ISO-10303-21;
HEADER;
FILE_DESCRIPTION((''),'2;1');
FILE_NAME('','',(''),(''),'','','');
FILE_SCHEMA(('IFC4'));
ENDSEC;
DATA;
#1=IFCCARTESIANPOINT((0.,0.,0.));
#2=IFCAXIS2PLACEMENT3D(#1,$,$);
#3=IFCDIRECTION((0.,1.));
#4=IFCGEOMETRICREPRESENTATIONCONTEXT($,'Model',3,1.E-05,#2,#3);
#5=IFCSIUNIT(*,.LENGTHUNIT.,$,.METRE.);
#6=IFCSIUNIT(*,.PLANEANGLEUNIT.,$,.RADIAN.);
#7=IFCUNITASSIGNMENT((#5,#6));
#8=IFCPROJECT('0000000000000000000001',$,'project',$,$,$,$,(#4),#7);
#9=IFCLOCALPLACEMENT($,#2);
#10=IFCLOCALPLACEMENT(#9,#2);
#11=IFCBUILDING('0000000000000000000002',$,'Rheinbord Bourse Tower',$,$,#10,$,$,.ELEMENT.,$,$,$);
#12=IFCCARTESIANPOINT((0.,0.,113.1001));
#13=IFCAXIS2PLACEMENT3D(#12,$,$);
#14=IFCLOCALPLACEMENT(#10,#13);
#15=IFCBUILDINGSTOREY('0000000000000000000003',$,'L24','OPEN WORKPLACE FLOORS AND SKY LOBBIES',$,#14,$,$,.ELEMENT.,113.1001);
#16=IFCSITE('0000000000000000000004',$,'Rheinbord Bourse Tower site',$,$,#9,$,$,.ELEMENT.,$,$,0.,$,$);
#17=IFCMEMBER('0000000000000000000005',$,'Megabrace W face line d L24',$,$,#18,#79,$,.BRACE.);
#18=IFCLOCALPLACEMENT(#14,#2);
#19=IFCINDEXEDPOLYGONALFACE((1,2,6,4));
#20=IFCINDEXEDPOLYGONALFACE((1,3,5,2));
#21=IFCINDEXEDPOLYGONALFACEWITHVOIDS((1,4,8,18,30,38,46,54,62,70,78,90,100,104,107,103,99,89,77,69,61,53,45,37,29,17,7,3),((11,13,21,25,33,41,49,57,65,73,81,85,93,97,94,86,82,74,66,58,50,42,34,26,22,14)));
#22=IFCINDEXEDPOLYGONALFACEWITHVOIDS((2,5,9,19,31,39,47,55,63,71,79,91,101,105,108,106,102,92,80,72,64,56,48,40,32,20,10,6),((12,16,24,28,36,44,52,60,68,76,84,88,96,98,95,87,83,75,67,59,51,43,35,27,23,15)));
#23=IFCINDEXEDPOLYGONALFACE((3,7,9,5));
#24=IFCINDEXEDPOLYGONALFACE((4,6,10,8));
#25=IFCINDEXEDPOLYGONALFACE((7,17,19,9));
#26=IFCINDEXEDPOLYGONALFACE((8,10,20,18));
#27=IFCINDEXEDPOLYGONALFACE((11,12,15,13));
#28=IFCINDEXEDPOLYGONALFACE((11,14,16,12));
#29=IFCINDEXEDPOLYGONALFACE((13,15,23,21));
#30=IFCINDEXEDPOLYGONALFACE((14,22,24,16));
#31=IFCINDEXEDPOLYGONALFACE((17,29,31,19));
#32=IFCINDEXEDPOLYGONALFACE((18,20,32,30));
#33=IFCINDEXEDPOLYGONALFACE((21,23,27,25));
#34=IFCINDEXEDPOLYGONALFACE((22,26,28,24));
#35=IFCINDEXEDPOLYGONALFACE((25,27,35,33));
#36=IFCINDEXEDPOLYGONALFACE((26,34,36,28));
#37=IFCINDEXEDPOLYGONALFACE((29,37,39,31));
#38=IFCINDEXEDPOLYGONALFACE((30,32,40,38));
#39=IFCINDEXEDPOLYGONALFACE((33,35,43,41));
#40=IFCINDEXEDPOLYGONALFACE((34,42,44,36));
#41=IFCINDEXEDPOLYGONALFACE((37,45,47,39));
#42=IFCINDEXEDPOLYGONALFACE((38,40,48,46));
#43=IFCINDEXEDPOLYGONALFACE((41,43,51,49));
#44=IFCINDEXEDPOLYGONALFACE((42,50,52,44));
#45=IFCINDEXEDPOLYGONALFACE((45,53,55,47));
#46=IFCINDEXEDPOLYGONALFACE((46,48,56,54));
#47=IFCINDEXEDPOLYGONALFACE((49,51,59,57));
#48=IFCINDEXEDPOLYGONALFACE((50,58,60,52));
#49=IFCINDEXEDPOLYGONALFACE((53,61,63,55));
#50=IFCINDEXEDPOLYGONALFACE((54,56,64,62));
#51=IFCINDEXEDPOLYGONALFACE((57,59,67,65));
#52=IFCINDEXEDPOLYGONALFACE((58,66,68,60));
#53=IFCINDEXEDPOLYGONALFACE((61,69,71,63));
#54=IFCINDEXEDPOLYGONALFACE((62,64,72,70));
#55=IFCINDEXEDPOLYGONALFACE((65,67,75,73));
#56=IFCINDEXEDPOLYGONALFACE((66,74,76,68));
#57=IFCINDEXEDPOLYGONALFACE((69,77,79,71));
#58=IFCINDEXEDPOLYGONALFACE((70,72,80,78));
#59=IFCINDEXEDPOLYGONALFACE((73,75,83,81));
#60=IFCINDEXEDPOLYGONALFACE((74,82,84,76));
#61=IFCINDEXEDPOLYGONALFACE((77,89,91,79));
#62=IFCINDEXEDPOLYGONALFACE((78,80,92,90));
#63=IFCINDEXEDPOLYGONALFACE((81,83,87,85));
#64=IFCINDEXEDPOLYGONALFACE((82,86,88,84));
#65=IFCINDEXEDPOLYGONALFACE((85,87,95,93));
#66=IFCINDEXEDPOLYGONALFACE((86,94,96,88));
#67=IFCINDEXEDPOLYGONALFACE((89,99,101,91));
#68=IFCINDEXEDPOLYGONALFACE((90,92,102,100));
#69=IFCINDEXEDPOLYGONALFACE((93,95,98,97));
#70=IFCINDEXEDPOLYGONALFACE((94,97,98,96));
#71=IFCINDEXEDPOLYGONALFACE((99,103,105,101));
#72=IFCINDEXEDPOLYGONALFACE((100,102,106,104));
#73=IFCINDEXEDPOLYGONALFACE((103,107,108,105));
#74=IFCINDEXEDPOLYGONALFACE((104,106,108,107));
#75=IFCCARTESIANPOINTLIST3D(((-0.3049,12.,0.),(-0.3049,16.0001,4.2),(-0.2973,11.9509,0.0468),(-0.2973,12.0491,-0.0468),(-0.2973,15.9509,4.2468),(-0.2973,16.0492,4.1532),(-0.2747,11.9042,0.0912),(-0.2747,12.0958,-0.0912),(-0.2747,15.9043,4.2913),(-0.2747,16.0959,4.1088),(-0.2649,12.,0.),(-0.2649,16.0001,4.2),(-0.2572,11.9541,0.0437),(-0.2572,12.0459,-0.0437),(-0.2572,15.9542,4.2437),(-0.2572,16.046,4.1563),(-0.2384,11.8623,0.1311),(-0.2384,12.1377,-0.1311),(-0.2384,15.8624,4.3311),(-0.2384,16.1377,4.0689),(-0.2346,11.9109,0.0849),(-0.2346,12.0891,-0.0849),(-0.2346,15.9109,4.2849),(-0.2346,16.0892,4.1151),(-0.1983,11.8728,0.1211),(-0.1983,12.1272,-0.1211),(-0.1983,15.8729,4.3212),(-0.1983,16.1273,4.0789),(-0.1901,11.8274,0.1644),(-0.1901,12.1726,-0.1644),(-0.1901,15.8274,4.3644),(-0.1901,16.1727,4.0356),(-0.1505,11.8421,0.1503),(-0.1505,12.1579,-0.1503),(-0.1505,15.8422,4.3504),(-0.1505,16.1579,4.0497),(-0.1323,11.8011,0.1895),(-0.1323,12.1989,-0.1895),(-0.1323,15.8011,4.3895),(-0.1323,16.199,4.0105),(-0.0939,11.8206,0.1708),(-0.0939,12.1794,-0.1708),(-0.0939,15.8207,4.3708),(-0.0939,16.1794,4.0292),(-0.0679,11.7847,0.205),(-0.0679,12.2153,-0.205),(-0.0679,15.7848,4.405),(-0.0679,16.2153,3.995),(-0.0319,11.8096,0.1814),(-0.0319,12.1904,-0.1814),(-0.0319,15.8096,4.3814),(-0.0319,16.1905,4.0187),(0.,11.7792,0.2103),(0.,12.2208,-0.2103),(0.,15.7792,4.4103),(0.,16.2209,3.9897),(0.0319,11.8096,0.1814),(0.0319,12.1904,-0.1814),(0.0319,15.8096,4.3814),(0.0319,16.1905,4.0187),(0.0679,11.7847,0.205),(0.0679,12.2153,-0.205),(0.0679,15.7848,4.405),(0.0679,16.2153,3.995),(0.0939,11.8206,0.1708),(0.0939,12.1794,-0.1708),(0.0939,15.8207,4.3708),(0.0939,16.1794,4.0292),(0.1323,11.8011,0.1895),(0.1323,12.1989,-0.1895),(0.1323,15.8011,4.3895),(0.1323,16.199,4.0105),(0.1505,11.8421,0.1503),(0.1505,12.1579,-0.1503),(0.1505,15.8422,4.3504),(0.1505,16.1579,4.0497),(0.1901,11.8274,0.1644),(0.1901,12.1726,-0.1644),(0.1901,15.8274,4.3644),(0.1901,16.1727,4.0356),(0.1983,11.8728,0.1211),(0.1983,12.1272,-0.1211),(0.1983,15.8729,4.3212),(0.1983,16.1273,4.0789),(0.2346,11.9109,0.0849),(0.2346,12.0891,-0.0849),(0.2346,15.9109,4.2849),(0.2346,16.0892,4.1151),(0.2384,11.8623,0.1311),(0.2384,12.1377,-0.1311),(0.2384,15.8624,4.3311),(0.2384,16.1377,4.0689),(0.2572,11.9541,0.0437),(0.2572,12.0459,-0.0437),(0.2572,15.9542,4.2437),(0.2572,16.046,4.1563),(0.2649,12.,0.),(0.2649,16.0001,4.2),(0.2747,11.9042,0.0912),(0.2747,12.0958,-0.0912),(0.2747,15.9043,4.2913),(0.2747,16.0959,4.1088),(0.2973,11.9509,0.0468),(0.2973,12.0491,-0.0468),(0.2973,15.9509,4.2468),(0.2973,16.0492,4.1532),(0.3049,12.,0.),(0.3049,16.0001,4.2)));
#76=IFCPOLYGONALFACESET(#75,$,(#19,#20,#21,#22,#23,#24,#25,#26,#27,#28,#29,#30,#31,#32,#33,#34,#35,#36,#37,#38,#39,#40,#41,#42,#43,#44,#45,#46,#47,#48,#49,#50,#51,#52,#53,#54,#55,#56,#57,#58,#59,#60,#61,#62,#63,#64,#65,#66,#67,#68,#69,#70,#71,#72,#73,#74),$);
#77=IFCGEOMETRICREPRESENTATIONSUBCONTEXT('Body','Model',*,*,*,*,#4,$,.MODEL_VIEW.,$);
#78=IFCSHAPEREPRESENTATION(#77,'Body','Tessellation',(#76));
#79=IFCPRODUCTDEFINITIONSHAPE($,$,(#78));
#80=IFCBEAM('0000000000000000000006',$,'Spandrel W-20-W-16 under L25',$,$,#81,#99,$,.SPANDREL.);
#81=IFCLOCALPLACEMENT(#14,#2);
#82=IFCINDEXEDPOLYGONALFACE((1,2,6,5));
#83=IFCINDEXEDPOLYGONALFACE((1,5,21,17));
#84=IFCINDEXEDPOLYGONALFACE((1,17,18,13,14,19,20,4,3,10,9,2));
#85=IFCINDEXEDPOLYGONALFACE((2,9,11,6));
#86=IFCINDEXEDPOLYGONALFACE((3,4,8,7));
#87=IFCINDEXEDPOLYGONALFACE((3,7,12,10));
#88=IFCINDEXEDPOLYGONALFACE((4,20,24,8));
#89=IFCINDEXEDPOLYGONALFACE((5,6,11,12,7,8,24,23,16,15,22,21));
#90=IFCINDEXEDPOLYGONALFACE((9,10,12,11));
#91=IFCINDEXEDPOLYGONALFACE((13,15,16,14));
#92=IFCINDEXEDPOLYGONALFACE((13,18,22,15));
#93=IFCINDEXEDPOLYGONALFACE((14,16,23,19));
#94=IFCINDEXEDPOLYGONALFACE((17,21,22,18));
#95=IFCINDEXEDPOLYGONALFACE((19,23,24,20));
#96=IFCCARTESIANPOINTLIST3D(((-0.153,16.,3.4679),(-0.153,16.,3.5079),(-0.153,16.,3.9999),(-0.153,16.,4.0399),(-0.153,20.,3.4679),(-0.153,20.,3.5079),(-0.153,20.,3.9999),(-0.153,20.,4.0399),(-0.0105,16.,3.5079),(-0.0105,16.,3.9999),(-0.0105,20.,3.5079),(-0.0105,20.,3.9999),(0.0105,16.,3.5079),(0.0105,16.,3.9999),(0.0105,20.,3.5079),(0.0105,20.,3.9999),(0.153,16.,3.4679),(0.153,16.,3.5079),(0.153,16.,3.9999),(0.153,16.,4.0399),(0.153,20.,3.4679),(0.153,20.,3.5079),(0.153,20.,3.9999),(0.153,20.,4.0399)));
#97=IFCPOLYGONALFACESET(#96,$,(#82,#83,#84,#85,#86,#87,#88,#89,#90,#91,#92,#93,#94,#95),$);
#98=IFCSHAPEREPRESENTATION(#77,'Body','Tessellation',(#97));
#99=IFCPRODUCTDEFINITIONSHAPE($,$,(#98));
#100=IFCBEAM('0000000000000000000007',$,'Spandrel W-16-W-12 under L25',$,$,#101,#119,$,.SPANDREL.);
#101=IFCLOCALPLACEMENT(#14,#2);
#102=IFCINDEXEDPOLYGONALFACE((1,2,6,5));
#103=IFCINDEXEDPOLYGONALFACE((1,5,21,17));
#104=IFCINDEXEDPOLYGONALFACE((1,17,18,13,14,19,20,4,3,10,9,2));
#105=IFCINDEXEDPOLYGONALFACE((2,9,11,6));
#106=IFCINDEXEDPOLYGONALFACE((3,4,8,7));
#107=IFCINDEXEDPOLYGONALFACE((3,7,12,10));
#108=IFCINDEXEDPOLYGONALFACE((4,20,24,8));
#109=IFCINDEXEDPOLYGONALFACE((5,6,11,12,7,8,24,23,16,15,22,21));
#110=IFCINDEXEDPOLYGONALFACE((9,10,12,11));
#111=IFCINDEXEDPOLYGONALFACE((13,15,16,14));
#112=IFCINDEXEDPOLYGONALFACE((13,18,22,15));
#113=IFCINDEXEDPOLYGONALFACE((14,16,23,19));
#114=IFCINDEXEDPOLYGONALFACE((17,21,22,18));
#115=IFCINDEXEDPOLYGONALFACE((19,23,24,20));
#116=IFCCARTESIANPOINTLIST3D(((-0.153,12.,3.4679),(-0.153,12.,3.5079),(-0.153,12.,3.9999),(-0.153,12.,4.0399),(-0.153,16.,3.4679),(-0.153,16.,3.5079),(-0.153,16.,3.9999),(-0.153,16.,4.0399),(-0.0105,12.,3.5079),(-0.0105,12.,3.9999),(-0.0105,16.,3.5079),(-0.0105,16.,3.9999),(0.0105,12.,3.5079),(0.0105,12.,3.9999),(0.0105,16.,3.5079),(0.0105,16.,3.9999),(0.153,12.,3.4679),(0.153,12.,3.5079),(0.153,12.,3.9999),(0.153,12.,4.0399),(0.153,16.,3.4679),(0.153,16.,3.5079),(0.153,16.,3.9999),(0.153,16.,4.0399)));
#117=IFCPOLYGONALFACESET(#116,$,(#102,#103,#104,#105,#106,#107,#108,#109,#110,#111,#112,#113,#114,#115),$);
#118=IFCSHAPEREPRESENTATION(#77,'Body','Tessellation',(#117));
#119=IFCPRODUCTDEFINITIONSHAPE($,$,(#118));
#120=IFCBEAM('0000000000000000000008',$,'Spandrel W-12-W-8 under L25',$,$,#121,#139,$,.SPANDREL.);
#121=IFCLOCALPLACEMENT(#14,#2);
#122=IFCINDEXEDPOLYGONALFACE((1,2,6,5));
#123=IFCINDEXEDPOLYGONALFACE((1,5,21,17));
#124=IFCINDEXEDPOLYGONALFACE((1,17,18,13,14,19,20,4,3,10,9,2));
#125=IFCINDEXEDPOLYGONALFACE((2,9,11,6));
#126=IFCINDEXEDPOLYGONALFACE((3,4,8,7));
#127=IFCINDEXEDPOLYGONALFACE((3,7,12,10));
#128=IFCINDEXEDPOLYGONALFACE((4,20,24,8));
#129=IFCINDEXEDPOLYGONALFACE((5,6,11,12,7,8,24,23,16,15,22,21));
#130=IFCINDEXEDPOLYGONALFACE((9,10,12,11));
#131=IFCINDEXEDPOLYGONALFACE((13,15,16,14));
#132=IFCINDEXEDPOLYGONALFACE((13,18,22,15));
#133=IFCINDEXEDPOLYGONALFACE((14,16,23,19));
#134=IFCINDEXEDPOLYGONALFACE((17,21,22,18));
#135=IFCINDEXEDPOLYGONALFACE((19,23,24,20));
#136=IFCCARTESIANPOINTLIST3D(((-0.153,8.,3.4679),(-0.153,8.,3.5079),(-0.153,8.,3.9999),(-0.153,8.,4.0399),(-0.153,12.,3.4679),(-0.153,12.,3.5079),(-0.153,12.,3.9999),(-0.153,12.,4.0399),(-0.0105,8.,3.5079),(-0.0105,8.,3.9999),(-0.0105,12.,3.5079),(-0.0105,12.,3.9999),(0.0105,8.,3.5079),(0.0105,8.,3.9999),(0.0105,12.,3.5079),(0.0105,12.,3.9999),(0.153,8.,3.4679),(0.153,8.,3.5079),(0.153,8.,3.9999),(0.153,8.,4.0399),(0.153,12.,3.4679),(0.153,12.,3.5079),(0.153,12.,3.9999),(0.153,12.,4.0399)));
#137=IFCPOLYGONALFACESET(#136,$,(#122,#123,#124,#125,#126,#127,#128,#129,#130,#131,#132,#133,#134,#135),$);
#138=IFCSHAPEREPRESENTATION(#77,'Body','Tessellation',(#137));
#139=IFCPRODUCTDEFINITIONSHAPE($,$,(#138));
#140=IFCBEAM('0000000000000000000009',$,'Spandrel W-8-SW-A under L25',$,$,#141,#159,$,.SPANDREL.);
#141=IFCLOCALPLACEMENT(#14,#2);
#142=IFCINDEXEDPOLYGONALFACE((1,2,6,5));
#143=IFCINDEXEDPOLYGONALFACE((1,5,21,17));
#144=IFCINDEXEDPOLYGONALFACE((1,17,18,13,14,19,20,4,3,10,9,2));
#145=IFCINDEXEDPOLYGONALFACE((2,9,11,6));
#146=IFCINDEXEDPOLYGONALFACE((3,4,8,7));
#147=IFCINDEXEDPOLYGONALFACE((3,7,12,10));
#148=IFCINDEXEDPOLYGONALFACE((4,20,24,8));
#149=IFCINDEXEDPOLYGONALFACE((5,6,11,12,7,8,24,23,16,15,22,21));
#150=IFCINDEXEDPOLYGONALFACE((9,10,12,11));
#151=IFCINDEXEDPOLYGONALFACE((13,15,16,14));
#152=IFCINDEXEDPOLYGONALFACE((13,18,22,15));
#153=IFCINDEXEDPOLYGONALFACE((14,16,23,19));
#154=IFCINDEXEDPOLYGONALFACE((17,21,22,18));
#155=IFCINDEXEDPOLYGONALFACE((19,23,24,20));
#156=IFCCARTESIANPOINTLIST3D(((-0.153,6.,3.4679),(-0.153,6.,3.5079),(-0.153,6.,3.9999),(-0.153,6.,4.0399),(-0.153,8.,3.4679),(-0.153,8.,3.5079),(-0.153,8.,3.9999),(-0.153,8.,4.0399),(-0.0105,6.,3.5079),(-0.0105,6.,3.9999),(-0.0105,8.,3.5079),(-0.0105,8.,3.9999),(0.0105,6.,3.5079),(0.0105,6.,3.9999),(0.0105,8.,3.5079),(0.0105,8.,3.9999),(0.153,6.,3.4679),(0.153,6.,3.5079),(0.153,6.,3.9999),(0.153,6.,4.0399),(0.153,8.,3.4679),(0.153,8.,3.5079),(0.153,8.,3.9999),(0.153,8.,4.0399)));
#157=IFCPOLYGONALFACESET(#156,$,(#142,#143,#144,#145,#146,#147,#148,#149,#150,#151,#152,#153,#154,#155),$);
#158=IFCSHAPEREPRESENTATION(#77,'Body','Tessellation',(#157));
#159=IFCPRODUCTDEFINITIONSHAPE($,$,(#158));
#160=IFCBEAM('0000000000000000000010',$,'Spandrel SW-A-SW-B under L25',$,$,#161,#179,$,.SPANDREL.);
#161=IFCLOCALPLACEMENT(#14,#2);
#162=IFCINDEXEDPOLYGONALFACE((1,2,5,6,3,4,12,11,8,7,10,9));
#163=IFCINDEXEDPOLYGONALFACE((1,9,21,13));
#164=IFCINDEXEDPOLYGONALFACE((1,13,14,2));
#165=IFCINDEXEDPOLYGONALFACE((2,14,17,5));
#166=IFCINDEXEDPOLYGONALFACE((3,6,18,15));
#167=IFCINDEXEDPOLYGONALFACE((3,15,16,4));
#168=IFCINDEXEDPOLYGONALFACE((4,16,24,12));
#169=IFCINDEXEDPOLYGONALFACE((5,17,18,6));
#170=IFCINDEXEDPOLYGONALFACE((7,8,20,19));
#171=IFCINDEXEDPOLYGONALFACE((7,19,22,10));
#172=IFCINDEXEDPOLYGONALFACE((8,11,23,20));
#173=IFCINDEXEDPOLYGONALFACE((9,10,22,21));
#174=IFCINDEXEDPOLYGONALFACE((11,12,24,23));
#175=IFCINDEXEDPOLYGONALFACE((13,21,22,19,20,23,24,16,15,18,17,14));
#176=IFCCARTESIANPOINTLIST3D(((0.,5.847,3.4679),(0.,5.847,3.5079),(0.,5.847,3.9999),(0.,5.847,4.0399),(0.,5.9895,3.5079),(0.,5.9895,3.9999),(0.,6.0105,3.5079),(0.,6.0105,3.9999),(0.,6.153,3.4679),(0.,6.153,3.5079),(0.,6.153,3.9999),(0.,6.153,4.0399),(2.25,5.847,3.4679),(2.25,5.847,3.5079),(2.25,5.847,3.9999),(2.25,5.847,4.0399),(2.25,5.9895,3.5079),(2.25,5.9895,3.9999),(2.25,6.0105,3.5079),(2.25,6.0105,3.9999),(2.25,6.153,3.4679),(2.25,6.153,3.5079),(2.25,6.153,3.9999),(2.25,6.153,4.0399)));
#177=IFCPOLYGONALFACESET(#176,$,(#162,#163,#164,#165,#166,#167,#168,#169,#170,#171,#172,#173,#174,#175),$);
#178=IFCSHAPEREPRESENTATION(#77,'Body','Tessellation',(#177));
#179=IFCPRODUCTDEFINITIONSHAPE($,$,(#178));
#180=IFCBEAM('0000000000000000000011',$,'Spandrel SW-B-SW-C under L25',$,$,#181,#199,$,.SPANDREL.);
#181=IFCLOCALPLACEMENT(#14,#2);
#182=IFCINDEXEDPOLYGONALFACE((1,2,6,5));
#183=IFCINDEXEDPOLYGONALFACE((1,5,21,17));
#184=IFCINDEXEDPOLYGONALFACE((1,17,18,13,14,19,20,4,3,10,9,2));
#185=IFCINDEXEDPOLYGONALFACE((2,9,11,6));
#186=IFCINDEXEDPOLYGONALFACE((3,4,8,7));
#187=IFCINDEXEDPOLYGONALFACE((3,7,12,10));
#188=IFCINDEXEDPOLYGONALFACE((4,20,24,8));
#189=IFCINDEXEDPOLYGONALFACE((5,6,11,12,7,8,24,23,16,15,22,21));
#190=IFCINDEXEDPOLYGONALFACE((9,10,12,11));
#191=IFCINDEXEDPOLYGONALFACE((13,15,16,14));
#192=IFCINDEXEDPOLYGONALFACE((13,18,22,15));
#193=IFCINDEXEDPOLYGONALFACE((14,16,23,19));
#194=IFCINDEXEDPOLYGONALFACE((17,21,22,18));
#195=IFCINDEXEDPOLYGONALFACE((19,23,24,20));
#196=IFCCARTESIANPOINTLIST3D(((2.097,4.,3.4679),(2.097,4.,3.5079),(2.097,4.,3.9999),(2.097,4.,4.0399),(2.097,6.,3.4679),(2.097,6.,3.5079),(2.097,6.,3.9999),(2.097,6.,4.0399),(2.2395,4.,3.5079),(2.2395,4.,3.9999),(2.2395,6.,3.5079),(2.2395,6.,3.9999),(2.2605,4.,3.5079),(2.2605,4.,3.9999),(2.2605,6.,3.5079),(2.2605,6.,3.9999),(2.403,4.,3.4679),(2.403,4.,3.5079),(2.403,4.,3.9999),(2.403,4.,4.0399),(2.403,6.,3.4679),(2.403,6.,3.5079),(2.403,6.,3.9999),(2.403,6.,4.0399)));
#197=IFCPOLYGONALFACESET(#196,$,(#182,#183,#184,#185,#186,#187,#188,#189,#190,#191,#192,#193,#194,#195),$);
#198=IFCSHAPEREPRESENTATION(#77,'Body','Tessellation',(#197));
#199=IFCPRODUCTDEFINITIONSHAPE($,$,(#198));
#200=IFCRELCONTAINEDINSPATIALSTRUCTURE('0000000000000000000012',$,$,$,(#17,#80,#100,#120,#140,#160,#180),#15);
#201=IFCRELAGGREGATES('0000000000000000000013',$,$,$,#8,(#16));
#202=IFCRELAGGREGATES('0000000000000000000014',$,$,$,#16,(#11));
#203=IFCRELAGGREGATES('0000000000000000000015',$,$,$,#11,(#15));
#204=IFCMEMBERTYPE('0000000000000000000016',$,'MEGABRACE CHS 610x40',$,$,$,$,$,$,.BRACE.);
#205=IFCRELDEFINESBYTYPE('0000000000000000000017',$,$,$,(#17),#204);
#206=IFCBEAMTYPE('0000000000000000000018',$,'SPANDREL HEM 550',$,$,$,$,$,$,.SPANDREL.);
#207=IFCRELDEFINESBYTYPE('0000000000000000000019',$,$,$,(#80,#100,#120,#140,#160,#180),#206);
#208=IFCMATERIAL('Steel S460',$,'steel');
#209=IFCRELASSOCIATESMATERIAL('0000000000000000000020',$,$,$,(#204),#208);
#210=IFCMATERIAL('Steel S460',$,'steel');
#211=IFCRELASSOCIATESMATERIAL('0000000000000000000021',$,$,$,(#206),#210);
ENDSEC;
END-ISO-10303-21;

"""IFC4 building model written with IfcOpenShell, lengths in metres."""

from ifc_helpers import new_model, si_unit, direction, frame, origin, origin_2d, place, context, subcontext, project, spatial, hollow_circle, i_section, extrude, material, material_profile, profile_set, type_object, element, save


model = new_model("IFC4")

# Units and contexts
model_context = context("Model", 3, precision=1e-05, world=origin(), true_north=direction((0.0, 1.0)))
body_context = subcontext(model_context, "Body", "Model", "MODEL_VIEW")
ifc_project = project(units=[si_unit("LENGTHUNIT", "METRE"), si_unit("PLANEANGLEUNIT", "RADIAN")], contexts=[model_context])

# Site, building, storey
site_placement = place(None, origin())
site = spatial("IfcSite", under=ifc_project, at=site_placement, Name="Rheinbord Bourse Tower site", CompositionType="ELEMENT", RefElevation=0.0)
building_placement = place(site_placement, origin())
building = spatial("IfcBuilding", under=site, at=building_placement, Name="Rheinbord Bourse Tower", CompositionType="ELEMENT")
storey_placement = place(building_placement, frame((0.0, 0.0, 113.1001)))
storey = spatial("IfcBuildingStorey", under=building, at=storey_placement, Name="L24", Description="OPEN WORKPLACE FLOORS AND SKY LOBBIES", CompositionType="ELEMENT", Elevation=113.1001)

# Member
ifc_material_1 = material(Name="Steel S460", Category="steel")
ifc_material_profile_1 = material_profile(ifc_material_1, hollow_circle(Radius=0.3049, WallThickness=0.04, at=origin_2d()), Name="CHS 610x40")
ifc_profile_set_1 = profile_set([ifc_material_profile_1], Name="Steel S460")
member_type_1 = type_object("IfcMemberType", Name="MEGABRACE CHS 610x40", PredefinedType="BRACE", material=ifc_profile_set_1)
for number, where, z_axis, x_axis, name in (
    (1, (0.0, 12.0, 0.0), (0.0, 0.689659, 0.724134), (-1.0, 0.0, 0.0), "Megabrace W face line d L24"),
):
    element("IfcMember", number, at=place(storey_placement, frame(where, z_axis=z_axis, x_axis=x_axis)), inside=storey, type_object=member_type_1, Name=name, PredefinedType="BRACE", context=body_context, shape_type="SweptSolid", body=[
        extrude(hollow_circle(Radius=0.3049, WallThickness=0.04, at=origin_2d()), origin(), (0.0, 0.0, 1.0), 5.8),
    ])

# Beams
ifc_material_2 = material(Name="Steel S460", Category="steel")
ifc_material_profile_2 = material_profile(ifc_material_2, i_section(OverallWidth=0.3059, OverallDepth=0.572, WebThickness=0.021, FlangeThickness=0.04, at=origin_2d()), Name="HEM 550")
ifc_profile_set_2 = profile_set([ifc_material_profile_2], Name="Steel S460")
beam_type_1 = type_object("IfcBeamType", Name="SPANDREL HEM 550", PredefinedType="SPANDREL", material=ifc_profile_set_2)
for number, where, z_axis, x_axis, name in (
    (2, (0.0, 20.0, 3.7539), (0.0, -1.0, 0.0), (1.0, 0.0, 0.0), "Spandrel W-20-W-16 under L25"),
    (3, (0.0, 16.0, 3.7539), (0.0, -1.0, 0.0), (1.0, 0.0, 0.0), "Spandrel W-16-W-12 under L25"),
    (4, (0.0, 12.0, 3.7539), (0.0, -1.0, 0.0), (1.0, 0.0, 0.0), "Spandrel W-12-W-8 under L25"),
):
    element("IfcBeam", number, at=place(storey_placement, frame(where, z_axis=z_axis, x_axis=x_axis)), inside=storey, type_object=beam_type_1, Name=name, PredefinedType="SPANDREL", context=body_context, shape_type="SweptSolid", body=[
        extrude(i_section(OverallWidth=0.3059, OverallDepth=0.572, WebThickness=0.021, FlangeThickness=0.04, at=origin_2d()), origin(), (0.0, 0.0, 1.0), 4.0),
    ])
beam_1_placement = place(storey_placement, frame((0.0, 8.0, 3.7539), z_axis=(0.0, -1.0, 0.0), x_axis=(1.0, 0.0, 0.0)))
element("IfcBeam", 5, at=beam_1_placement, inside=storey, type_object=beam_type_1, Name="Spandrel W-8-SW-A under L25", PredefinedType="SPANDREL", context=body_context, shape_type="SweptSolid", body=[
    extrude(i_section(OverallWidth=0.3059, OverallDepth=0.572, WebThickness=0.021, FlangeThickness=0.04, at=origin_2d()), origin(), (0.0, 0.0, 1.0), 2.0),
])
beam_2_placement = place(storey_placement, frame((0.0, 6.0, 3.7539), z_axis=(1.0, 0.0, 0.0), x_axis=(0.0, 1.0, 0.0)))
element("IfcBeam", 6, at=beam_2_placement, inside=storey, type_object=beam_type_1, Name="Spandrel SW-A-SW-B under L25", PredefinedType="SPANDREL", context=body_context, shape_type="SweptSolid", body=[
    extrude(i_section(OverallWidth=0.3059, OverallDepth=0.572, WebThickness=0.021, FlangeThickness=0.04, at=origin_2d()), origin(), (0.0, 0.0, 1.0), 2.25),
])
beam_3_placement = place(storey_placement, frame((2.25, 6.0, 3.7539), z_axis=(0.0, -1.0, 0.0), x_axis=(1.0, 0.0, 0.0)))
element("IfcBeam", 7, at=beam_3_placement, inside=storey, type_object=beam_type_1, Name="Spandrel SW-B-SW-C under L25", PredefinedType="SPANDREL", context=body_context, shape_type="SweptSolid", body=[
    extrude(i_section(OverallWidth=0.3059, OverallDepth=0.572, WebThickness=0.021, FlangeThickness=0.04, at=origin_2d()), origin(), (0.0, 0.0, 1.0), 2.0),
])

save(model, "model.ifc")
